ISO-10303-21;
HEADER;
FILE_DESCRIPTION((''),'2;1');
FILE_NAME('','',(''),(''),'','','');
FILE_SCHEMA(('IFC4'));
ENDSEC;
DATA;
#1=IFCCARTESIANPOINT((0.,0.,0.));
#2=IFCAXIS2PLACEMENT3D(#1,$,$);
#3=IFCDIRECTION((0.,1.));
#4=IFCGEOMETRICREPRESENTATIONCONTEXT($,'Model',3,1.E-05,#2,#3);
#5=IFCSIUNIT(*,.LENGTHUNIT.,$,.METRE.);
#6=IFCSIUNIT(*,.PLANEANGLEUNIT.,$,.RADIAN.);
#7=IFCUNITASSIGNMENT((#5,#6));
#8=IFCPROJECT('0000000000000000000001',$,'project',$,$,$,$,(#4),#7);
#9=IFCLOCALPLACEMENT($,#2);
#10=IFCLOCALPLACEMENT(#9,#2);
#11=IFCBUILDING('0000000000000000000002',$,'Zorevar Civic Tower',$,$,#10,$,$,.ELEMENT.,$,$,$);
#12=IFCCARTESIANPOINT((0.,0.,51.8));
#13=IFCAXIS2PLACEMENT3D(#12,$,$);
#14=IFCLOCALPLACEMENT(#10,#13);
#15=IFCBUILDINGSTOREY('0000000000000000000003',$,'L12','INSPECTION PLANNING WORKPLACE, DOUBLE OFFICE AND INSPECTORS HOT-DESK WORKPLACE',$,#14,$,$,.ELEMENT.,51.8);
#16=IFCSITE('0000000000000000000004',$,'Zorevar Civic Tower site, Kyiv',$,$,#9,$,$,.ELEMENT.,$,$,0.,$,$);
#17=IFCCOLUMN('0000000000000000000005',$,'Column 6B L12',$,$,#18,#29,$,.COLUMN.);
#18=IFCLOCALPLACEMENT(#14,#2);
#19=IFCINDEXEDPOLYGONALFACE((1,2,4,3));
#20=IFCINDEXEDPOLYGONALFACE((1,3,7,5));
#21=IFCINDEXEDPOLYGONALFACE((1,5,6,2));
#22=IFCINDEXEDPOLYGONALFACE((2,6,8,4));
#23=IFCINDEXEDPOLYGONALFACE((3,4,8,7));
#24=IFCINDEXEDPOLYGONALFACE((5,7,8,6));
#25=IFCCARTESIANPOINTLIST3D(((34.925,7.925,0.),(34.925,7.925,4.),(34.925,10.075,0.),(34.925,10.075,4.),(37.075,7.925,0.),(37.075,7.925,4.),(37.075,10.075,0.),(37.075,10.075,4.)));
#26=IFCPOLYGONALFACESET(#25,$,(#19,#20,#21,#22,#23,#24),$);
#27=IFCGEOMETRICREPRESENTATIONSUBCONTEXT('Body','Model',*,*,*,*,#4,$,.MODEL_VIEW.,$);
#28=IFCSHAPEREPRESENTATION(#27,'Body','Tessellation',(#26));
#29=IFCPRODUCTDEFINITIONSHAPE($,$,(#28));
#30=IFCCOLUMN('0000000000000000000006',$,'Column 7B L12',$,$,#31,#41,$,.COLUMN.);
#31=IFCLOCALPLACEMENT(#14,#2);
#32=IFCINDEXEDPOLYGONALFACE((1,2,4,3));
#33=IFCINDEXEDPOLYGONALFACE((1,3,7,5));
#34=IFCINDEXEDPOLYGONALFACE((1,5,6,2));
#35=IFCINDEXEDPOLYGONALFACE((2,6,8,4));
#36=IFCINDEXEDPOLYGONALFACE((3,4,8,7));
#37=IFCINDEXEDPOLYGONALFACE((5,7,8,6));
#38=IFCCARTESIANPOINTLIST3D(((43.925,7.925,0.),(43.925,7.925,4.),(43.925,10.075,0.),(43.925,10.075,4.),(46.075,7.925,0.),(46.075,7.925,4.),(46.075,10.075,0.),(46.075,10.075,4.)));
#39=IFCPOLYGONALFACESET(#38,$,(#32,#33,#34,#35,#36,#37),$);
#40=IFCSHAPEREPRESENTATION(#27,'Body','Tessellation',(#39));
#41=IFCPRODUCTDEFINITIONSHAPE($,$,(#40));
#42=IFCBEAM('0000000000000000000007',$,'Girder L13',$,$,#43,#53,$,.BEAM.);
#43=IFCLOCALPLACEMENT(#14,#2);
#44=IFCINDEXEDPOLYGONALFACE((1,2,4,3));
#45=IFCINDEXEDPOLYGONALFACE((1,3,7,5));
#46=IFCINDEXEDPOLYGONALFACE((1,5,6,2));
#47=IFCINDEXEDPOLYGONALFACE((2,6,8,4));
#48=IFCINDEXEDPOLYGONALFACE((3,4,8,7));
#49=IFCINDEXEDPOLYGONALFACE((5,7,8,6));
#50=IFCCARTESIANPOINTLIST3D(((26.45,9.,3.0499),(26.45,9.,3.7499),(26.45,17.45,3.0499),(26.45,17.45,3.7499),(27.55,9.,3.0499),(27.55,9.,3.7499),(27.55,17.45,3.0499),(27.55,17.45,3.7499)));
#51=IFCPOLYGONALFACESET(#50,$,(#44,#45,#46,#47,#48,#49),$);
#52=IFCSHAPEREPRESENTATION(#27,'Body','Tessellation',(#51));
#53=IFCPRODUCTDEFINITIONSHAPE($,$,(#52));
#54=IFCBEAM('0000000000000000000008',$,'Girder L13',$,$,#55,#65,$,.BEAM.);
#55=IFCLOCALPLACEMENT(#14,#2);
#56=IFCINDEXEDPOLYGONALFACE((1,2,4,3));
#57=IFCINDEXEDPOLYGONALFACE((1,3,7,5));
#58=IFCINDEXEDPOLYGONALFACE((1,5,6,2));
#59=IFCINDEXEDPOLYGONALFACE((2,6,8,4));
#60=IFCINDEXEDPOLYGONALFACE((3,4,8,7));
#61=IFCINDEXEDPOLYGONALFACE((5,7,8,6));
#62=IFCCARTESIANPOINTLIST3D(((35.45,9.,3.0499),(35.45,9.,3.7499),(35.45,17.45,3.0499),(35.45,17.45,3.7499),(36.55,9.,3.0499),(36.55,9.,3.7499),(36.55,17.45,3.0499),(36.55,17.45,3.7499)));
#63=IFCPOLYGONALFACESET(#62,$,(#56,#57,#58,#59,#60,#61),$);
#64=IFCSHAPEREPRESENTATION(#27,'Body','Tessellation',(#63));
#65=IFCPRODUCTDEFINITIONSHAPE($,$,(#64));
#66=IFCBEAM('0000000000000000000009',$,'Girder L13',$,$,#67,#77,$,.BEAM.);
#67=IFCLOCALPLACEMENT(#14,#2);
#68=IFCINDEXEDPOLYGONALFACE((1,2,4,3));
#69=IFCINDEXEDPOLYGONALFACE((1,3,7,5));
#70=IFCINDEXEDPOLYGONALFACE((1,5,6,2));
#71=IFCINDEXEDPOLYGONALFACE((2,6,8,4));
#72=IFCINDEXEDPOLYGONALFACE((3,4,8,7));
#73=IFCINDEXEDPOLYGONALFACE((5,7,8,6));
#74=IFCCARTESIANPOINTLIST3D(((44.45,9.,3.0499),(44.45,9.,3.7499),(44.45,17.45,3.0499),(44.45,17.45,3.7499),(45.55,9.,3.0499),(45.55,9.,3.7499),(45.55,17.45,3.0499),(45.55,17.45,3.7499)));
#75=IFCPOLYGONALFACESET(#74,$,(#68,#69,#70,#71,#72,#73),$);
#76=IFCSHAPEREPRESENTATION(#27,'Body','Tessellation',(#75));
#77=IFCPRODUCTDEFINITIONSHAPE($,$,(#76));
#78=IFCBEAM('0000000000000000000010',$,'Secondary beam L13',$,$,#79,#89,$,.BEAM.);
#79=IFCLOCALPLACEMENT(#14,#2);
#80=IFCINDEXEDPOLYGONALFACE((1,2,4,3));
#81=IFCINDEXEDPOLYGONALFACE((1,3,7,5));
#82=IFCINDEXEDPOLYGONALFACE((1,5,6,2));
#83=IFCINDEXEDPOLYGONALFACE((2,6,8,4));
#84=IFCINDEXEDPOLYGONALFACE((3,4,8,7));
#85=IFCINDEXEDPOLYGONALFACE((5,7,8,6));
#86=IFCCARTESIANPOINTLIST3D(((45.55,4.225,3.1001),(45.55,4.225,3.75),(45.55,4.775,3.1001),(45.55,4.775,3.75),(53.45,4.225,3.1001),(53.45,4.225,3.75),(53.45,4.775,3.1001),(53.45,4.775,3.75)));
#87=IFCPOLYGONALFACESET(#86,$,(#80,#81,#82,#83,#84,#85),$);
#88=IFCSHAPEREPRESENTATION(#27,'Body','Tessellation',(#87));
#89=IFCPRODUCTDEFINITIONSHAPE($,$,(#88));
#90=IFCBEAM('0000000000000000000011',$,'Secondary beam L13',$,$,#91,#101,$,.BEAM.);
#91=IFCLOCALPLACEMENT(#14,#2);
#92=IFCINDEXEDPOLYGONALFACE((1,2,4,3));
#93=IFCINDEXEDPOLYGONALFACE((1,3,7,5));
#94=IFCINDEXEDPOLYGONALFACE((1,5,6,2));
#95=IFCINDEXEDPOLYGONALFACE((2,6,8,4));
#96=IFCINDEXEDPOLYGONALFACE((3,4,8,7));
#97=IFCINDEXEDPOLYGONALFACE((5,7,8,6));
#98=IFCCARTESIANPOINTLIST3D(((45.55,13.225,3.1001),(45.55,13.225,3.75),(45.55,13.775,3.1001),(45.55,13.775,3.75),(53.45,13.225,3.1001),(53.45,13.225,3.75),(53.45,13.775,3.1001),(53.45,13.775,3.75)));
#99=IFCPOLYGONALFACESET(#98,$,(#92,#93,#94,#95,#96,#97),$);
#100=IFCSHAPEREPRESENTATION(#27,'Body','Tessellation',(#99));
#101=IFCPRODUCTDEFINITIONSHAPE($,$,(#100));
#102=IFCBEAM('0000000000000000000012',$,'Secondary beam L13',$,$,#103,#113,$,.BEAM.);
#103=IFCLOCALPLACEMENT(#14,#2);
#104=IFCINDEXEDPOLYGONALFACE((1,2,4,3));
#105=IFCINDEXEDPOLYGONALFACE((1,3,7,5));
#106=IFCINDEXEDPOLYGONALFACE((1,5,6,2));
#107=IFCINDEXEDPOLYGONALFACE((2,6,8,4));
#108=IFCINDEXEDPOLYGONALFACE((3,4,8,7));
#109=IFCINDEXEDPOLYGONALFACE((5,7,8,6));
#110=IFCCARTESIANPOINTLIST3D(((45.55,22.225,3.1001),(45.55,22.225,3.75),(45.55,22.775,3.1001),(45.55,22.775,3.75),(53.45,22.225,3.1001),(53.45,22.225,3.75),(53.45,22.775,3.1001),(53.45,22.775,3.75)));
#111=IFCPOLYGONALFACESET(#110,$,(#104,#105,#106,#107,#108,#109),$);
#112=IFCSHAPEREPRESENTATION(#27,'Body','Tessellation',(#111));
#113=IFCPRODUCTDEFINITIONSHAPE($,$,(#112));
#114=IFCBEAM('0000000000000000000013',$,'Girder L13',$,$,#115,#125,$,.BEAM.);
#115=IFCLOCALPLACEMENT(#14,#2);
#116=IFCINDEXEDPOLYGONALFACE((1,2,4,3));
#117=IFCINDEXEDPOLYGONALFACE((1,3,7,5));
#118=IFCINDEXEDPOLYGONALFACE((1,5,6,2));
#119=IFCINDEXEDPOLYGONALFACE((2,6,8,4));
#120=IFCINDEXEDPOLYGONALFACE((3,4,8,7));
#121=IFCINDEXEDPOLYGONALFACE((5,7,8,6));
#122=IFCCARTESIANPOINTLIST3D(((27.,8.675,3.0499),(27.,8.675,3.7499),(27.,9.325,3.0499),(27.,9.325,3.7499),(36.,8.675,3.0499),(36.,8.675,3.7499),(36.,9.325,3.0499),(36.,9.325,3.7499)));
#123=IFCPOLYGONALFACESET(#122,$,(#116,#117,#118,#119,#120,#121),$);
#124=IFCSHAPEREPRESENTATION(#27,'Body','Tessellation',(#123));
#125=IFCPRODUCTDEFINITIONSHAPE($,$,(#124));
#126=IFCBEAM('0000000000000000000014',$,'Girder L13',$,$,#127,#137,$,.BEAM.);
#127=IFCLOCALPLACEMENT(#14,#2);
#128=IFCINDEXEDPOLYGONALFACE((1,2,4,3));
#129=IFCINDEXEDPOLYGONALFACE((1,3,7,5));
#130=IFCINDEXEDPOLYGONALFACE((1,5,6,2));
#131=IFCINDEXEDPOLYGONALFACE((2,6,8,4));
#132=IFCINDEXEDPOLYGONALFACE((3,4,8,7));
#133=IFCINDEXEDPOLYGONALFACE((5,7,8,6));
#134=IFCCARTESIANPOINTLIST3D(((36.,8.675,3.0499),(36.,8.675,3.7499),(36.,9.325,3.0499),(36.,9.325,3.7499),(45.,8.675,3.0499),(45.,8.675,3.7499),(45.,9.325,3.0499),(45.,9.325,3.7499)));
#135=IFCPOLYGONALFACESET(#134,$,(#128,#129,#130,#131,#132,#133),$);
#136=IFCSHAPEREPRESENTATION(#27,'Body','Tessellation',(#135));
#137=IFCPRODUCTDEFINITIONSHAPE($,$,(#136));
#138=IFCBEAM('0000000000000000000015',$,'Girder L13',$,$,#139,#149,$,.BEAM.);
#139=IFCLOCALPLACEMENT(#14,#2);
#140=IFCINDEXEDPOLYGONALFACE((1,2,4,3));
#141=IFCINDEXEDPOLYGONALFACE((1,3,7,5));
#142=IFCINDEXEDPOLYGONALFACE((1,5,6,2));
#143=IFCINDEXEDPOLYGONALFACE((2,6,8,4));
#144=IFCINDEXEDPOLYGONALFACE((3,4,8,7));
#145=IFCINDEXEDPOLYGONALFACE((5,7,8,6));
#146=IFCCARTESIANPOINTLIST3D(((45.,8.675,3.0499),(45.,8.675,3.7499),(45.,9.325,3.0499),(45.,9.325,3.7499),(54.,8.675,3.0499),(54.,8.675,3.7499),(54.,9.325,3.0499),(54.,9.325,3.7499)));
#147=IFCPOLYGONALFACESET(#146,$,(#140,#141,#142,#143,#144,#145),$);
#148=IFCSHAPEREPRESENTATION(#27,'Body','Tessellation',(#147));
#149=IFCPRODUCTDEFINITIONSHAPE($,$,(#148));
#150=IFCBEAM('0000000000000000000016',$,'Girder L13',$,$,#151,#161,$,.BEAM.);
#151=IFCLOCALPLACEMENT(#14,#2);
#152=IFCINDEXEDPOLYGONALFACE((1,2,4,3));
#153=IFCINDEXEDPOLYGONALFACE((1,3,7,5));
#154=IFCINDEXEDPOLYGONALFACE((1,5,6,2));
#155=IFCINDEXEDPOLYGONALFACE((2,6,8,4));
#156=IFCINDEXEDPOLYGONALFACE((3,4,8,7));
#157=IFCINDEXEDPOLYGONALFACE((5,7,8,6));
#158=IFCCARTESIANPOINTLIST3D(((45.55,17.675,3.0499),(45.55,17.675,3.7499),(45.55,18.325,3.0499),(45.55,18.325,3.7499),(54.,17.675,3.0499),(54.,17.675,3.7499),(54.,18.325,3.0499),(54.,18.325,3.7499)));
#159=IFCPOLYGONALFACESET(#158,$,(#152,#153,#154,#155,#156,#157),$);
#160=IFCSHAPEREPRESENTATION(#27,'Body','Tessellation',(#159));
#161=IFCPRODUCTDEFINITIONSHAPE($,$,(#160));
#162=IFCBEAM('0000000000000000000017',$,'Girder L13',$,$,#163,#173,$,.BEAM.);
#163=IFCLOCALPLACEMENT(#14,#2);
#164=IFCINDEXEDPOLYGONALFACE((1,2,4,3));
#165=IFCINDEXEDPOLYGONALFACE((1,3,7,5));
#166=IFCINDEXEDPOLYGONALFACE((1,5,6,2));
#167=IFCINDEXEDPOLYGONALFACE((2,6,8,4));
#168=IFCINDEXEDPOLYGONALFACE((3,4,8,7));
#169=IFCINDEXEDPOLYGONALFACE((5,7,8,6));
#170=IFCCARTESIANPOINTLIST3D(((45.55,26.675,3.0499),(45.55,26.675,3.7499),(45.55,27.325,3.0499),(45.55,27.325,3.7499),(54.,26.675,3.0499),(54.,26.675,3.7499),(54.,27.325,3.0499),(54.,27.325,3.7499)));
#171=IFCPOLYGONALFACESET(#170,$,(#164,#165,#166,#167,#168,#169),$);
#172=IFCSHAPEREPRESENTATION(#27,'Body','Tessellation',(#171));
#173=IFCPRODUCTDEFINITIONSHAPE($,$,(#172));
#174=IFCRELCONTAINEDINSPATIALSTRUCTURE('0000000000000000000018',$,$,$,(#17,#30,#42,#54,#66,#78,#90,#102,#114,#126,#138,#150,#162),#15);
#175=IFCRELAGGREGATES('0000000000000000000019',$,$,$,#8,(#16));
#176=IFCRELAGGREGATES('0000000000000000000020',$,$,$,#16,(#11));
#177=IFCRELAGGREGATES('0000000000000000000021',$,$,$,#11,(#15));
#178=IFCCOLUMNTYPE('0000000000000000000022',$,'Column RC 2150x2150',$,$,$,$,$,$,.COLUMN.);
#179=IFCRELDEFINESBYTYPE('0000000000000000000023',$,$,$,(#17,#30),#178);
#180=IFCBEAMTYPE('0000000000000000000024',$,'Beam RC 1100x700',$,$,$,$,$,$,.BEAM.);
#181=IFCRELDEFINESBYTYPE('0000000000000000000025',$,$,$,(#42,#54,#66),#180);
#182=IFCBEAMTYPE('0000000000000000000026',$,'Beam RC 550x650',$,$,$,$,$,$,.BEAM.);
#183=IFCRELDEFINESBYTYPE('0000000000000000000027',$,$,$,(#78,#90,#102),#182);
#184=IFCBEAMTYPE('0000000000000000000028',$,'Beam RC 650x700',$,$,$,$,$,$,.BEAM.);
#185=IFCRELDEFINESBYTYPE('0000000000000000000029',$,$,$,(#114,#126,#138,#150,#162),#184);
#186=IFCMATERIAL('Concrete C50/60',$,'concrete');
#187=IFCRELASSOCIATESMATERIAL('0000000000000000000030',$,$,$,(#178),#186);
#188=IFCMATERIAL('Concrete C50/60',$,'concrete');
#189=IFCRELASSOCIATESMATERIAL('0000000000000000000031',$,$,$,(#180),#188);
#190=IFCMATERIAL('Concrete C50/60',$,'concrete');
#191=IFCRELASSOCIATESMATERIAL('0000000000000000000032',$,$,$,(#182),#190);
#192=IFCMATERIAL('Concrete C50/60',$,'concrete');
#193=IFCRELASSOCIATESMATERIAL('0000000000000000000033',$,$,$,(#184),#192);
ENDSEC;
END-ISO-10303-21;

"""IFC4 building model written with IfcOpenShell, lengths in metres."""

from ifc_helpers import new_model, si_unit, direction, frame, origin, origin_2d, place, context, subcontext, project, spatial, rectangle, extrude, material, material_profile, profile_set, type_object, element, save


model = new_model("IFC4")

# Units and contexts
model_context = context("Model", 3, precision=1e-05, world=origin(), true_north=direction((0.0, 1.0)))
body_context = subcontext(model_context, "Body", "Model", "MODEL_VIEW")
ifc_project = project(units=[si_unit("LENGTHUNIT", "METRE"), si_unit("PLANEANGLEUNIT", "RADIAN")], contexts=[model_context])

# Site, building, storey
site_placement = place(None, origin())
site = spatial("IfcSite", under=ifc_project, at=site_placement, Name="Zorevar Civic Tower site, Kyiv", CompositionType="ELEMENT", RefElevation=0.0)
building_placement = place(site_placement, origin())
building = spatial("IfcBuilding", under=site, at=building_placement, Name="Zorevar Civic Tower", CompositionType="ELEMENT")
storey_placement = place(building_placement, frame((0.0, 0.0, 51.8)))
storey = spatial("IfcBuildingStorey", under=building, at=storey_placement, Name="L12", Description="INSPECTION PLANNING WORKPLACE, DOUBLE OFFICE AND INSPECTORS HOT-DESK WORKPLACE", CompositionType="ELEMENT", Elevation=51.8)

# Columns
ifc_material_1 = material(Name="Concrete C50/60", Category="concrete")
ifc_material_profile_1 = material_profile(ifc_material_1, rectangle(XDim=2.1499, YDim=2.1499, at=origin_2d()), Name="RC 2150x2150")
ifc_profile_set_1 = profile_set([ifc_material_profile_1], Name="Concrete C50/60")
column_type = type_object("IfcColumnType", Name="Column RC 2150x2150", PredefinedType="COLUMN", material=ifc_profile_set_1)
for number, where, z_axis, x_axis, name in (
    (1, (36.0, 9.0, 0.0), (0.0, 0.0, 1.0), (1.0, 0.0, 0.0), "Column 6B L12"),
    (2, (45.0, 9.0, 0.0), (0.0, 0.0, 1.0), (1.0, 0.0, 0.0), "Column 7B L12"),
):
    element("IfcColumn", number, at=place(storey_placement, frame(where, z_axis=z_axis, x_axis=x_axis)), inside=storey, type_object=column_type, Name=name, PredefinedType="COLUMN", context=body_context, shape_type="SweptSolid", body=[
        extrude(rectangle(XDim=2.1499, YDim=2.1499, at=origin_2d()), origin(), (0.0, 0.0, 1.0), 4.0),
    ])

# Beams
ifc_material_2 = material(Name="Concrete C50/60", Category="concrete")
ifc_material_profile_2 = material_profile(ifc_material_2, rectangle(XDim=1.1001, YDim=0.7, at=origin_2d()), Name="RC 1100x700")
ifc_profile_set_2 = profile_set([ifc_material_profile_2], Name="Concrete C50/60")
beam_type_1 = type_object("IfcBeamType", Name="Beam RC 1100x700", PredefinedType="BEAM", material=ifc_profile_set_2)
for number, where, z_axis, x_axis, name in (
    (3, (27.0, 9.0, 3.3999), (0.0, 1.0, 0.0), (-1.0, 0.0, 0.0), "Girder L13"),
    (4, (36.0, 9.0, 3.3999), (0.0, 1.0, 0.0), (-1.0, 0.0, 0.0), "Girder L13"),
    (5, (45.0, 9.0, 3.3999), (0.0, 1.0, 0.0), (-1.0, 0.0, 0.0), "Girder L13"),
):
    element("IfcBeam", number, at=place(storey_placement, frame(where, z_axis=z_axis, x_axis=x_axis)), inside=storey, type_object=beam_type_1, Name=name, PredefinedType="BEAM", context=body_context, shape_type="SweptSolid", body=[
        extrude(rectangle(XDim=1.1001, YDim=0.7, at=origin_2d()), origin(), (0.0, 0.0, 1.0), 8.45),
    ])
ifc_material_3 = material(Name="Concrete C50/60", Category="concrete")
ifc_material_profile_3 = material_profile(ifc_material_3, rectangle(XDim=0.55, YDim=0.6499, at=origin_2d()), Name="RC 550x650")
ifc_profile_set_3 = profile_set([ifc_material_profile_3], Name="Concrete C50/60")
beam_type_2 = type_object("IfcBeamType", Name="Beam RC 550x650", PredefinedType="BEAM", material=ifc_profile_set_3)
for number, where, z_axis, x_axis, name in (
    (6, (45.55, 4.5, 3.425), (1.0, 0.0, 0.0), (0.0, 1.0, 0.0), "Secondary beam L13"),
    (7, (45.55, 13.5, 3.425), (1.0, 0.0, 0.0), (0.0, 1.0, 0.0), "Secondary beam L13"),
    (8, (45.55, 22.5, 3.425), (1.0, 0.0, 0.0), (0.0, 1.0, 0.0), "Secondary beam L13"),
):
    element("IfcBeam", number, at=place(storey_placement, frame(where, z_axis=z_axis, x_axis=x_axis)), inside=storey, type_object=beam_type_2, Name=name, PredefinedType="BEAM", context=body_context, shape_type="SweptSolid", body=[
        extrude(rectangle(XDim=0.55, YDim=0.6499, at=origin_2d()), origin(), (0.0, 0.0, 1.0), 7.8999),
    ])
ifc_material_4 = material(Name="Concrete C50/60", Category="concrete")
ifc_material_profile_4 = material_profile(ifc_material_4, rectangle(XDim=0.6499, YDim=0.7, at=origin_2d()), Name="RC 650x700")
ifc_profile_set_4 = profile_set([ifc_material_profile_4], Name="Concrete C50/60")
beam_type_3 = type_object("IfcBeamType", Name="Beam RC 650x700", PredefinedType="BEAM", material=ifc_profile_set_4)
for number, where, z_axis, x_axis, name in (
    (9, (27.0, 9.0, 3.3999), (1.0, 0.0, 0.0), (0.0, 1.0, 0.0), "Girder L13"),
    (10, (36.0, 9.0, 3.3999), (1.0, 0.0, 0.0), (0.0, 1.0, 0.0), "Girder L13"),
    (11, (45.0, 9.0, 3.3999), (1.0, 0.0, 0.0), (0.0, 1.0, 0.0), "Girder L13"),
):
    element("IfcBeam", number, at=place(storey_placement, frame(where, z_axis=z_axis, x_axis=x_axis)), inside=storey, type_object=beam_type_3, Name=name, PredefinedType="BEAM", context=body_context, shape_type="SweptSolid", body=[
        extrude(rectangle(XDim=0.6499, YDim=0.7, at=origin_2d()), origin(), (0.0, 0.0, 1.0), 9.0),
    ])
for number, where, z_axis, x_axis, name in (
    (12, (45.55, 18.0, 3.3999), (1.0, 0.0, 0.0), (0.0, 1.0, 0.0), "Girder L13"),
    (13, (45.55, 27.0, 3.3999), (1.0, 0.0, 0.0), (0.0, 1.0, 0.0), "Girder L13"),
):
    element("IfcBeam", number, at=place(storey_placement, frame(where, z_axis=z_axis, x_axis=x_axis)), inside=storey, type_object=beam_type_3, Name=name, PredefinedType="BEAM", context=body_context, shape_type="SweptSolid", body=[
        extrude(rectangle(XDim=0.6499, YDim=0.7, at=origin_2d()), origin(), (0.0, 0.0, 1.0), 8.45),
    ])

save(model, "model.ifc")
